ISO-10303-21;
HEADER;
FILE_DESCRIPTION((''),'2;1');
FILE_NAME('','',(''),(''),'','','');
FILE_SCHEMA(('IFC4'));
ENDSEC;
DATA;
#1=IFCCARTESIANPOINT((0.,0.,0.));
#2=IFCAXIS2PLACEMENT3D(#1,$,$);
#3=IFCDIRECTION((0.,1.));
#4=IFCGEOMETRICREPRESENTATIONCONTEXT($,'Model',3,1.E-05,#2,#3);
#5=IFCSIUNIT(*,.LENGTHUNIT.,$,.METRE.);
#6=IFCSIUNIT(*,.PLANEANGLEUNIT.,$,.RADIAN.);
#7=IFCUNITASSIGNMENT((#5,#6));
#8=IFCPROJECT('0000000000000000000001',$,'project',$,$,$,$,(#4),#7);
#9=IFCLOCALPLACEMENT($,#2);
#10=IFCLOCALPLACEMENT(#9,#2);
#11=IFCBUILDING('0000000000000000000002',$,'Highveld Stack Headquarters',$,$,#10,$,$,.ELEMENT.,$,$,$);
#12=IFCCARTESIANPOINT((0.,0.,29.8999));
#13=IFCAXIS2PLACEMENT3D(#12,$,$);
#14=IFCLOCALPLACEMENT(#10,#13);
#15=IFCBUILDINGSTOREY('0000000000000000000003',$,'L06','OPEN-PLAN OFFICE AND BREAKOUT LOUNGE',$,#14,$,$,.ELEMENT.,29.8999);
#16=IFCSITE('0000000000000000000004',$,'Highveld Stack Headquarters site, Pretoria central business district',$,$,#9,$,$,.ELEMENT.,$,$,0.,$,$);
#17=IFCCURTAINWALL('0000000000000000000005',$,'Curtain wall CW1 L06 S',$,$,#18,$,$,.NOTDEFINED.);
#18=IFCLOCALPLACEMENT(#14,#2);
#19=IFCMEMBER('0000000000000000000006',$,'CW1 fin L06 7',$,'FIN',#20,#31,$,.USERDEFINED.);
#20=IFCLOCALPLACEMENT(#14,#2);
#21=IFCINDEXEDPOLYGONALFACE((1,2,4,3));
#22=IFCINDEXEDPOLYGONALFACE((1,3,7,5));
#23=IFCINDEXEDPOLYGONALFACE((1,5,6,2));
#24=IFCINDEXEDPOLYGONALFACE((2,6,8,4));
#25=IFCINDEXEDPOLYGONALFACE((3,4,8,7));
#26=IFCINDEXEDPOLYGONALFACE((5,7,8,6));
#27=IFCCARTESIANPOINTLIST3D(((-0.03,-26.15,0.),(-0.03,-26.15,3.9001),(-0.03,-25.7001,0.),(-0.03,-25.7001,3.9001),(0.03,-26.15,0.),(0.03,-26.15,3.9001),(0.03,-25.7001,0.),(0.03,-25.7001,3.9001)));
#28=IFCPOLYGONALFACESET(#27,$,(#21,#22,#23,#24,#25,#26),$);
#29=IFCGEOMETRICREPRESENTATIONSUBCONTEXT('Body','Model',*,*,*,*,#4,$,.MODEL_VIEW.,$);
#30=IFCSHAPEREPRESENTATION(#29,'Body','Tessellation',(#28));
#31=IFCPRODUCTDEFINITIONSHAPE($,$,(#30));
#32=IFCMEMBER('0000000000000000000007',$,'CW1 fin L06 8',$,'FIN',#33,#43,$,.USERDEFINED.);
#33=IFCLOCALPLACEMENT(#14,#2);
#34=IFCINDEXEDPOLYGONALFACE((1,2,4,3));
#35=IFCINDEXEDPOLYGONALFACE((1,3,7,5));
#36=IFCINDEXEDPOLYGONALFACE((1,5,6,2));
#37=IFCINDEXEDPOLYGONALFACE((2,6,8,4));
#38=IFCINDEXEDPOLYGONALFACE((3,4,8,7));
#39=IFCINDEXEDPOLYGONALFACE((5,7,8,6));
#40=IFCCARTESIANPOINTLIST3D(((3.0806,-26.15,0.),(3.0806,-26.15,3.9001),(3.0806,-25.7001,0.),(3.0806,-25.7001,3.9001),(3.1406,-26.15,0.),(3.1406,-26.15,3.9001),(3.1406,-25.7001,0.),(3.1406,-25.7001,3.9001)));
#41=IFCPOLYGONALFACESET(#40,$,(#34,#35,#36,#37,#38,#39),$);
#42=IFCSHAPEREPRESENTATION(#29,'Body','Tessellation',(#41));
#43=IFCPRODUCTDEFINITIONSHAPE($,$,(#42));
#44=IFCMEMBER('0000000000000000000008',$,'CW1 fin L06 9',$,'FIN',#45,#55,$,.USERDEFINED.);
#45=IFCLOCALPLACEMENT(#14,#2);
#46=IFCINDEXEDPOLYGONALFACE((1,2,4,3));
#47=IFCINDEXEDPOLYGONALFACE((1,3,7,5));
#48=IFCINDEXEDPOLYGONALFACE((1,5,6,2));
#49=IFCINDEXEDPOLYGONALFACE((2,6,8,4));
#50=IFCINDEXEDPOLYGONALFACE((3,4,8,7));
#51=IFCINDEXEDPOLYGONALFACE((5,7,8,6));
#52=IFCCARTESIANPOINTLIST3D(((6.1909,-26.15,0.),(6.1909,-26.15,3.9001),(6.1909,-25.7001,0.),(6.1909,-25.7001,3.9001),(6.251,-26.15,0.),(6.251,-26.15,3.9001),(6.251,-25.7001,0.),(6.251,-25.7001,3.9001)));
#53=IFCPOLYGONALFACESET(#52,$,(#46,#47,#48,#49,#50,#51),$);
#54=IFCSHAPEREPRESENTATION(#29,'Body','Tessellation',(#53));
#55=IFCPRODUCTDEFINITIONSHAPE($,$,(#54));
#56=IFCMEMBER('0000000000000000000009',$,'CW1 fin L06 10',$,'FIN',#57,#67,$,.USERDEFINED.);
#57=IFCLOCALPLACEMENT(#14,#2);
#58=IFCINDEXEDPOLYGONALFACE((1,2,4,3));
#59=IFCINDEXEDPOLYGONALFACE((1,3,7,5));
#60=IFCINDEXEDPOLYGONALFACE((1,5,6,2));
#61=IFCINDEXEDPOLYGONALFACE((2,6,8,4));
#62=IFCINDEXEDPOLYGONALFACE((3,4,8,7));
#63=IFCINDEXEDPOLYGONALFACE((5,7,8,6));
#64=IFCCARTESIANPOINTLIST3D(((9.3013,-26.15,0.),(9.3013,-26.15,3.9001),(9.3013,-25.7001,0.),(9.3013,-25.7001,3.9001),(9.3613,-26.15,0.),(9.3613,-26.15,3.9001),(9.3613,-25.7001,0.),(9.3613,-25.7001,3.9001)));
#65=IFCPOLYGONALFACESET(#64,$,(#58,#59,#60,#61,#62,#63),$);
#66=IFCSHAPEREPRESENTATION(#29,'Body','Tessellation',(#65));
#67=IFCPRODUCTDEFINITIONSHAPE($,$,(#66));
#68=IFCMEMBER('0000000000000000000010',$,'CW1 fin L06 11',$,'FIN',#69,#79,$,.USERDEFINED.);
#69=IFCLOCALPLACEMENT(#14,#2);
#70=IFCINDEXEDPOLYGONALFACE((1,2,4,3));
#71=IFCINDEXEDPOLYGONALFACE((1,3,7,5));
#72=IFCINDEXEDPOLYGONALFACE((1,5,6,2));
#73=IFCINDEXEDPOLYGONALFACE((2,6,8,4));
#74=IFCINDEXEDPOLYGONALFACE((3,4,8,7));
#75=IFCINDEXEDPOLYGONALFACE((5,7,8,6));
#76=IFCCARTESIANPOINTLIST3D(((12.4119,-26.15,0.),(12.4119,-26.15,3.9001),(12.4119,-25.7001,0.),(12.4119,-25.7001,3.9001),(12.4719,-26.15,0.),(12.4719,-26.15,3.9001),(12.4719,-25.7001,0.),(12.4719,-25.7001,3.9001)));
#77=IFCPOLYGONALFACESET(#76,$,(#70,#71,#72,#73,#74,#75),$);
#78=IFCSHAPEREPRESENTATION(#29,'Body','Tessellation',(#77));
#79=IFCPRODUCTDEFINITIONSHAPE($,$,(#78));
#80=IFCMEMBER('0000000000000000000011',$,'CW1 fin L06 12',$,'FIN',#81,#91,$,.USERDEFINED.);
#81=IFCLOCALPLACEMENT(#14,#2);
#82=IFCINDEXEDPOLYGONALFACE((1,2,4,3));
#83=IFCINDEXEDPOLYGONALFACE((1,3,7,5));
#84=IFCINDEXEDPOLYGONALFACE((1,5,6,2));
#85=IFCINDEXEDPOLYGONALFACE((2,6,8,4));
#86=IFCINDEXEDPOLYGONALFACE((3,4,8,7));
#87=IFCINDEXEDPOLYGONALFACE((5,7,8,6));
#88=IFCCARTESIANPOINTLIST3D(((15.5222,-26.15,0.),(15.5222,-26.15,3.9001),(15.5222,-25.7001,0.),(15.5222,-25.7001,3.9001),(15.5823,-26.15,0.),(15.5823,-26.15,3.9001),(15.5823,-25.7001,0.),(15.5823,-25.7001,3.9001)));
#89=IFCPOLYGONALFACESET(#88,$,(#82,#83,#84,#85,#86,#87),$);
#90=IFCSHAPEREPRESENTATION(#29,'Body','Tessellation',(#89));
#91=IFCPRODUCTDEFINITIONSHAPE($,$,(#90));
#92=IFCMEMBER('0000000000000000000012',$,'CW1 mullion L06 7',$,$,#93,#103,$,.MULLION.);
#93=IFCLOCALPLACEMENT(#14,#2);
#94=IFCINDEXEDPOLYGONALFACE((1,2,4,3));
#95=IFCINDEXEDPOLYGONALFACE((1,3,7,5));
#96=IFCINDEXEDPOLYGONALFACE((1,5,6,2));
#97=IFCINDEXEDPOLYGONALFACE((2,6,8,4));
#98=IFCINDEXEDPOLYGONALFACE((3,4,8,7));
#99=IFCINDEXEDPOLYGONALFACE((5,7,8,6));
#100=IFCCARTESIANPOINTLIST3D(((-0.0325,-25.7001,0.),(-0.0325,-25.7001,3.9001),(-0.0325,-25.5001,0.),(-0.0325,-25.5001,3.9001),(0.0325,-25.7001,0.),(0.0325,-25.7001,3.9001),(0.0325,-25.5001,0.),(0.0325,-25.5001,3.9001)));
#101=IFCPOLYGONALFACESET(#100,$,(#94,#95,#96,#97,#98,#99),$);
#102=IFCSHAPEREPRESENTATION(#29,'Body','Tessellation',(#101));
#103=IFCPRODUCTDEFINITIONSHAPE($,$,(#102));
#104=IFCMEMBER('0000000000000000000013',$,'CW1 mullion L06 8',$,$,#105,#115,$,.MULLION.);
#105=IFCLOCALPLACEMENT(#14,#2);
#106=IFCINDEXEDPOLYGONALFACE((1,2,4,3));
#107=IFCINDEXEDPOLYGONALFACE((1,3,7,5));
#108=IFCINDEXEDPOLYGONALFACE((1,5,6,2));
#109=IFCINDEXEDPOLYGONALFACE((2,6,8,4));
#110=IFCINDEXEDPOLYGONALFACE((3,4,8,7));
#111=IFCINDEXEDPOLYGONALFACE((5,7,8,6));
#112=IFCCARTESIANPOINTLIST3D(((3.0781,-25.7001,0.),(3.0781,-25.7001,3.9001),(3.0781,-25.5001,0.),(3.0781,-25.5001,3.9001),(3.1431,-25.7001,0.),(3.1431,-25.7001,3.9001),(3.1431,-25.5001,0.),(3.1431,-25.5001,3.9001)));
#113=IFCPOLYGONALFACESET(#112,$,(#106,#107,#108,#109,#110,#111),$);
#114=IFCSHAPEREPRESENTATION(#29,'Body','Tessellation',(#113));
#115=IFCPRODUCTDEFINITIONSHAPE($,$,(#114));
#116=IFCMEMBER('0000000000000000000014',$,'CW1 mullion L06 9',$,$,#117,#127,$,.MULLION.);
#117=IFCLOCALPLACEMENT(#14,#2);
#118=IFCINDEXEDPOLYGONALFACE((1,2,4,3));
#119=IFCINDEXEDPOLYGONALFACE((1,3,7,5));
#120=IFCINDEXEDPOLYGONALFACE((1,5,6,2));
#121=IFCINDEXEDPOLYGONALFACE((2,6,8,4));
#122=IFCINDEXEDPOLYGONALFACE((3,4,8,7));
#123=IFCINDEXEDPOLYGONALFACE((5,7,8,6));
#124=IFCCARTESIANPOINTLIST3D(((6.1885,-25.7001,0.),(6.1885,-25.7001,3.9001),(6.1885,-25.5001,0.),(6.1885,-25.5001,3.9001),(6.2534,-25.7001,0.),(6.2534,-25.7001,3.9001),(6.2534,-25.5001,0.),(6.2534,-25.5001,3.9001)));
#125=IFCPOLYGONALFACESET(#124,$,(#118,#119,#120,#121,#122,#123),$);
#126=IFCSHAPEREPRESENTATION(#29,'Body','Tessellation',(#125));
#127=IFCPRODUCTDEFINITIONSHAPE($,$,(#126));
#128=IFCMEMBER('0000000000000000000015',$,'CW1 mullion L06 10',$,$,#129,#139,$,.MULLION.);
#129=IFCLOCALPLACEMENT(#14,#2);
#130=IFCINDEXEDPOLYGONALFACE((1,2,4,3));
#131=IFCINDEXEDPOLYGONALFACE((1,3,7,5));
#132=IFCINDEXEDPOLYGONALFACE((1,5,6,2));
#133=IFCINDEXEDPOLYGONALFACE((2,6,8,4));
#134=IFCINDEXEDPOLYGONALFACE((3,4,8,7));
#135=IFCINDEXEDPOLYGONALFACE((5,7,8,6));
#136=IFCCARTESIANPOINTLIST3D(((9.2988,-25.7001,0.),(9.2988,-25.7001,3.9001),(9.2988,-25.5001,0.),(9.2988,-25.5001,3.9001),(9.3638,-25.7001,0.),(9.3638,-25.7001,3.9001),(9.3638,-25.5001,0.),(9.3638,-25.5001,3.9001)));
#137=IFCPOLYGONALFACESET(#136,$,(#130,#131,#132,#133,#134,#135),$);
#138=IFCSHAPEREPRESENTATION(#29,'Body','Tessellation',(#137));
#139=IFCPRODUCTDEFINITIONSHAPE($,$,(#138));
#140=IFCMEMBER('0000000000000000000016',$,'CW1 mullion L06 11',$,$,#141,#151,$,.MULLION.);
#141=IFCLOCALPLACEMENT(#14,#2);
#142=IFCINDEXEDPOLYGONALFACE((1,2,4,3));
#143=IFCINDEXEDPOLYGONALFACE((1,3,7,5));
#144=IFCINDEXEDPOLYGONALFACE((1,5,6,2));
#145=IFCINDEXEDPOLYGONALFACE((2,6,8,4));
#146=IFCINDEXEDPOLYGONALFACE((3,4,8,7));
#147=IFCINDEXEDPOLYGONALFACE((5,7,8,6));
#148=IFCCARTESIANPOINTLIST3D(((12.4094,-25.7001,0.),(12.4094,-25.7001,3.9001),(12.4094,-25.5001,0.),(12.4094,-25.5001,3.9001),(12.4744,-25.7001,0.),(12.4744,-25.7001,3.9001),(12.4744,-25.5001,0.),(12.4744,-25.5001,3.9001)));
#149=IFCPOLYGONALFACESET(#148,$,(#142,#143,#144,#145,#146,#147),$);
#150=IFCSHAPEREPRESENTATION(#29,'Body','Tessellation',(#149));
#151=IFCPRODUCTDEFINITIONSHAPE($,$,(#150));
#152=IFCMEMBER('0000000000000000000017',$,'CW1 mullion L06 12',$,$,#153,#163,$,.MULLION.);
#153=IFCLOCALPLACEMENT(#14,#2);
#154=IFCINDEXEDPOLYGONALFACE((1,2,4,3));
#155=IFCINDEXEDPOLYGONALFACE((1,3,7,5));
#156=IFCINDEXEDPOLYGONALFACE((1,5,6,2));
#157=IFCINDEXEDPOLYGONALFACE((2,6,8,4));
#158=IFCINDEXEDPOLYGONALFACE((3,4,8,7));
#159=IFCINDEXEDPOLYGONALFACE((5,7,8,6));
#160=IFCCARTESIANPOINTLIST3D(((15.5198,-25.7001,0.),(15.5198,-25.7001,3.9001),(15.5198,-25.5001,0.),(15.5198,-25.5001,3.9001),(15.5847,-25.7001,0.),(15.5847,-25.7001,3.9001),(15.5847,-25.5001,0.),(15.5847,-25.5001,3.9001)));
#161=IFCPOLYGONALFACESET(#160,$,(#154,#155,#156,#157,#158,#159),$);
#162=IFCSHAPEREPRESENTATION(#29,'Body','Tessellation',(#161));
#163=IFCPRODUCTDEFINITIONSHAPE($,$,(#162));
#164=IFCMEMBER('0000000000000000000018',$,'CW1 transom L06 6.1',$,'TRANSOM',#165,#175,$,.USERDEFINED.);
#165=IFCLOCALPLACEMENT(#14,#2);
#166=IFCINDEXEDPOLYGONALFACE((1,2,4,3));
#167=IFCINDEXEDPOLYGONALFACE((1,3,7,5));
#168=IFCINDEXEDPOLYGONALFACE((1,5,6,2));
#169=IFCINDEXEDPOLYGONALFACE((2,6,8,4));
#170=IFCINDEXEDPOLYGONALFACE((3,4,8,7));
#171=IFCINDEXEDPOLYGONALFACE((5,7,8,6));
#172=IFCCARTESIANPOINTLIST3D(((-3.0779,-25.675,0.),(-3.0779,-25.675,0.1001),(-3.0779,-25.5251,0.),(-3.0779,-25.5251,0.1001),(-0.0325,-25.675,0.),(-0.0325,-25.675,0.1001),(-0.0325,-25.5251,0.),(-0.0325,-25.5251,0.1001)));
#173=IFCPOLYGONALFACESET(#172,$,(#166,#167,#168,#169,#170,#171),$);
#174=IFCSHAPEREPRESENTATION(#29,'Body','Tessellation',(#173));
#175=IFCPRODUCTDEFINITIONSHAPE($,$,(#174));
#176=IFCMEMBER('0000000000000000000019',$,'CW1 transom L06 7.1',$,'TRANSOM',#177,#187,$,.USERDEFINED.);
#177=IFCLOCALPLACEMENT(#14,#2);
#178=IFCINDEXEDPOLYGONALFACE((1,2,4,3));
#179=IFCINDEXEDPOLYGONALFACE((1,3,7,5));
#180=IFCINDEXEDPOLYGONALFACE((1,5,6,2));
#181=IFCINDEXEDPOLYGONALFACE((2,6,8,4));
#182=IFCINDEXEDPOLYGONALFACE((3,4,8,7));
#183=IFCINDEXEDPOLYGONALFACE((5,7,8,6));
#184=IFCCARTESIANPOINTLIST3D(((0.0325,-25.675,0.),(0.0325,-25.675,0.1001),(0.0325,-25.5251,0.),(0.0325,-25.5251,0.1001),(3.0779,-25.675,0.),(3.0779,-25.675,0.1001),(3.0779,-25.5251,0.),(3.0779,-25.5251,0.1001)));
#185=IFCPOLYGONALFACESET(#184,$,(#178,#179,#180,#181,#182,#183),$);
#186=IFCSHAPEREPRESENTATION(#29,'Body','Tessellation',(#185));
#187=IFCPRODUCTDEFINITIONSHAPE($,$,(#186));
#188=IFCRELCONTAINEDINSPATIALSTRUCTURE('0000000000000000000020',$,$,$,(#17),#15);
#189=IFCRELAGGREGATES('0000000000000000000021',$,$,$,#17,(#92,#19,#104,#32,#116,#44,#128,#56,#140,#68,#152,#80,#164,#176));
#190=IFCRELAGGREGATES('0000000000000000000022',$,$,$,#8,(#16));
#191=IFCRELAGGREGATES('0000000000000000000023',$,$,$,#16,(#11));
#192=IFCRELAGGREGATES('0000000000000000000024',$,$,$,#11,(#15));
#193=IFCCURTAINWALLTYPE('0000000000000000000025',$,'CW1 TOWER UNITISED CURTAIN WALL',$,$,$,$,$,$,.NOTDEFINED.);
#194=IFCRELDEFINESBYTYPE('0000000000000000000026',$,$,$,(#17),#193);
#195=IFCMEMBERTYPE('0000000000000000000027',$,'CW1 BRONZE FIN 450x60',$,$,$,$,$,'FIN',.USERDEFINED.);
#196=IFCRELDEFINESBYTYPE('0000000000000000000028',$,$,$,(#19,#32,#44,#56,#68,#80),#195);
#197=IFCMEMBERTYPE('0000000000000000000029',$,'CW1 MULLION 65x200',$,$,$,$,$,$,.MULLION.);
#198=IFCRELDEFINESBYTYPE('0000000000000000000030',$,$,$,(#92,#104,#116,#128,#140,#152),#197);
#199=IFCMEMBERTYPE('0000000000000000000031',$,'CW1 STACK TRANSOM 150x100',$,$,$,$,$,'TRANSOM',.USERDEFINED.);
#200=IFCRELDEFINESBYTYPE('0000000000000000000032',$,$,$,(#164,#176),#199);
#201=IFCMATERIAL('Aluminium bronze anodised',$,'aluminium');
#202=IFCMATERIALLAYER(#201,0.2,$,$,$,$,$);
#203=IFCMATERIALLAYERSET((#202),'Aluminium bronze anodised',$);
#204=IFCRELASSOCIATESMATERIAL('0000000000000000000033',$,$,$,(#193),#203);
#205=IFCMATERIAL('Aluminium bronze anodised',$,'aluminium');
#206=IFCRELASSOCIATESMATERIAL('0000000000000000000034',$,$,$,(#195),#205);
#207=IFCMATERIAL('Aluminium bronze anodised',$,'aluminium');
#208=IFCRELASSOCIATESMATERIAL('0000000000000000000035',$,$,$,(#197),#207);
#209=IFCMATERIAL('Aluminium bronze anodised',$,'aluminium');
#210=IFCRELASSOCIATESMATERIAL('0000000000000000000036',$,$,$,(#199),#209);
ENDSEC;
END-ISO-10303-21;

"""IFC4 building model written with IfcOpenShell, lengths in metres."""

from ifc_helpers import new_model, si_unit, direction, frame, origin, origin_2d, place, context, subcontext, project, spatial, rectangle, extrude, material, layer, layer_set, material_profile, profile_set, type_object, element, aggregate, save


model = new_model("IFC4")

# Units and contexts
model_context = context("Model", 3, precision=1e-05, world=origin(), true_north=direction((0.0, 1.0)))
body_context = subcontext(model_context, "Body", "Model", "MODEL_VIEW")
ifc_project = project(units=[si_unit("LENGTHUNIT", "METRE"), si_unit("PLANEANGLEUNIT", "RADIAN")], contexts=[model_context])

# Site, building, storey
site_placement = place(None, origin())
site = spatial("IfcSite", under=ifc_project, at=site_placement, Name="Highveld Stack Headquarters site, Pretoria central business district", CompositionType="ELEMENT", RefElevation=0.0)
building_placement = place(site_placement, origin())
building = spatial("IfcBuilding", under=site, at=building_placement, Name="Highveld Stack Headquarters", CompositionType="ELEMENT")
storey_placement = place(building_placement, frame((0.0, 0.0, 29.8999)))
storey = spatial("IfcBuildingStorey", under=building, at=storey_placement, Name="L06", Description="OPEN-PLAN OFFICE AND BREAKOUT LOUNGE", CompositionType="ELEMENT", Elevation=29.8999)

# Curtain wall, members
ifc_material_1 = material(Name="Aluminium bronze anodised", Category="aluminium")
ifc_layer_1 = layer(ifc_material_1, 0.2)
ifc_layer_set_1 = layer_set([ifc_layer_1], Name="Aluminium bronze anodised")
curtain_wall_type = type_object("IfcCurtainWallType", Name="CW1 TOWER UNITISED CURTAIN WALL", PredefinedType="NOTDEFINED", material=ifc_layer_set_1)
curtain_wall_placement = place(storey_placement, origin())
curtain_wall = element("IfcCurtainWall", 1, at=curtain_wall_placement, inside=storey, type_object=curtain_wall_type, Name="Curtain wall CW1 L06 S", PredefinedType="NOTDEFINED")
ifc_material_2 = material(Name="Aluminium bronze anodised", Category="aluminium")
ifc_material_profile_1 = material_profile(ifc_material_2, rectangle(XDim=0.45, YDim=0.0601, at=origin_2d()), Name="FIN 450x60")
ifc_profile_set_1 = profile_set([ifc_material_profile_1], Name="Aluminium bronze anodised")
member_type_1 = type_object("IfcMemberType", Name="CW1 BRONZE FIN 450x60", ElementType="FIN", PredefinedType="USERDEFINED", material=ifc_profile_set_1)
member_1_placement = place(storey_placement, frame((0.0, -25.925, 0.0), z_axis=(0.0, 0.0, 1.0), x_axis=(0.0, 1.0, 0.0)))
member_1 = element("IfcMember", 2, at=member_1_placement, type_object=member_type_1, Name="CW1 fin L06 7", ObjectType="FIN", PredefinedType="USERDEFINED", context=body_context, shape_type="SweptSolid", body=[
    extrude(rectangle(XDim=0.45, YDim=0.0601, at=origin_2d()), origin(), (0.0, 0.0, 1.0), 3.9001),
])
member_2_placement = place(storey_placement, frame((3.1106, -25.925, 0.0), z_axis=(0.0, 0.0, 1.0), x_axis=(0.0, 1.0, 0.0)))
member_2 = element("IfcMember", 3, at=member_2_placement, type_object=member_type_1, Name="CW1 fin L06 8", ObjectType="FIN", PredefinedType="USERDEFINED", context=body_context, shape_type="SweptSolid", body=[
    extrude(rectangle(XDim=0.45, YDim=0.0601, at=origin_2d()), origin(), (0.0, 0.0, 1.0), 3.9001),
])
member_3_placement = place(storey_placement, frame((6.2209, -25.925, 0.0), z_axis=(0.0, 0.0, 1.0), x_axis=(0.0, 1.0, 0.0)))
member_3 = element("IfcMember", 4, at=member_3_placement, type_object=member_type_1, Name="CW1 fin L06 9", ObjectType="FIN", PredefinedType="USERDEFINED", context=body_context, shape_type="SweptSolid", body=[
    extrude(rectangle(XDim=0.45, YDim=0.0601, at=origin_2d()), origin(), (0.0, 0.0, 1.0), 3.9001),
])
member_4_placement = place(storey_placement, frame((9.3313, -25.925, 0.0), z_axis=(0.0, 0.0, 1.0), x_axis=(0.0, 1.0, 0.0)))
member_4 = element("IfcMember", 5, at=member_4_placement, type_object=member_type_1, Name="CW1 fin L06 10", ObjectType="FIN", PredefinedType="USERDEFINED", context=body_context, shape_type="SweptSolid", body=[
    extrude(rectangle(XDim=0.45, YDim=0.0601, at=origin_2d()), origin(), (0.0, 0.0, 1.0), 3.9001),
])
member_5_placement = place(storey_placement, frame((12.4419, -25.925, 0.0), z_axis=(0.0, 0.0, 1.0), x_axis=(0.0, 1.0, 0.0)))
member_5 = element("IfcMember", 6, at=member_5_placement, type_object=member_type_1, Name="CW1 fin L06 11", ObjectType="FIN", PredefinedType="USERDEFINED", context=body_context, shape_type="SweptSolid", body=[
    extrude(rectangle(XDim=0.45, YDim=0.0601, at=origin_2d()), origin(), (0.0, 0.0, 1.0), 3.9001),
])
member_6_placement = place(storey_placement, frame((15.5522, -25.925, 0.0), z_axis=(0.0, 0.0, 1.0), x_axis=(0.0, 1.0, 0.0)))
member_6 = element("IfcMember", 7, at=member_6_placement, type_object=member_type_1, Name="CW1 fin L06 12", ObjectType="FIN", PredefinedType="USERDEFINED", context=body_context, shape_type="SweptSolid", body=[
    extrude(rectangle(XDim=0.45, YDim=0.0601, at=origin_2d()), origin(), (0.0, 0.0, 1.0), 3.9001),
])
ifc_material_3 = material(Name="Aluminium bronze anodised", Category="aluminium")
ifc_material_profile_2 = material_profile(ifc_material_3, rectangle(XDim=0.2, YDim=0.0649, at=origin_2d()), Name="CW1 MULLION 65x200")
ifc_profile_set_2 = profile_set([ifc_material_profile_2], Name="Aluminium bronze anodised")
member_type_2 = type_object("IfcMemberType", Name="CW1 MULLION 65x200", PredefinedType="MULLION", material=ifc_profile_set_2)
member_7_placement = place(storey_placement, frame((0.0, -25.6001, 0.0), z_axis=(0.0, 0.0, 1.0), x_axis=(0.0, 1.0, 0.0)))
member_7 = element("IfcMember", 8, at=member_7_placement, type_object=member_type_2, Name="CW1 mullion L06 7", PredefinedType="MULLION", context=body_context, shape_type="SweptSolid", body=[
    extrude(rectangle(XDim=0.2, YDim=0.0649, at=origin_2d()), origin(), (0.0, 0.0, 1.0), 3.9001),
])
member_8_placement = place(storey_placement, frame((3.1106, -25.6001, 0.0), z_axis=(0.0, 0.0, 1.0), x_axis=(0.0, 1.0, 0.0)))
member_8 = element("IfcMember", 9, at=member_8_placement, type_object=member_type_2, Name="CW1 mullion L06 8", PredefinedType="MULLION", context=body_context, shape_type="SweptSolid", body=[
    extrude(rectangle(XDim=0.2, YDim=0.0649, at=origin_2d()), origin(), (0.0, 0.0, 1.0), 3.9001),
])
member_9_placement = place(storey_placement, frame((6.2209, -25.6001, 0.0), z_axis=(0.0, 0.0, 1.0), x_axis=(0.0, 1.0, 0.0)))
member_9 = element("IfcMember", 10, at=member_9_placement, type_object=member_type_2, Name="CW1 mullion L06 9", PredefinedType="MULLION", context=body_context, shape_type="SweptSolid", body=[
    extrude(rectangle(XDim=0.2, YDim=0.0649, at=origin_2d()), origin(), (0.0, 0.0, 1.0), 3.9001),
])
member_10_placement = place(storey_placement, frame((9.3313, -25.6001, 0.0), z_axis=(0.0, 0.0, 1.0), x_axis=(0.0, 1.0, 0.0)))
member_10 = element("IfcMember", 11, at=member_10_placement, type_object=member_type_2, Name="CW1 mullion L06 10", PredefinedType="MULLION", context=body_context, shape_type="SweptSolid", body=[
    extrude(rectangle(XDim=0.2, YDim=0.0649, at=origin_2d()), origin(), (0.0, 0.0, 1.0), 3.9001),
])
member_11_placement = place(storey_placement, frame((12.4419, -25.6001, 0.0), z_axis=(0.0, 0.0, 1.0), x_axis=(0.0, 1.0, 0.0)))
member_11 = element("IfcMember", 12, at=member_11_placement, type_object=member_type_2, Name="CW1 mullion L06 11", PredefinedType="MULLION", context=body_context, shape_type="SweptSolid", body=[
    extrude(rectangle(XDim=0.2, YDim=0.0649, at=origin_2d()), origin(), (0.0, 0.0, 1.0), 3.9001),
])
member_12_placement = place(storey_placement, frame((15.5522, -25.6001, 0.0), z_axis=(0.0, 0.0, 1.0), x_axis=(0.0, 1.0, 0.0)))
member_12 = element("IfcMember", 13, at=member_12_placement, type_object=member_type_2, Name="CW1 mullion L06 12", PredefinedType="MULLION", context=body_context, shape_type="SweptSolid", body=[
    extrude(rectangle(XDim=0.2, YDim=0.0649, at=origin_2d()), origin(), (0.0, 0.0, 1.0), 3.9001),
])
ifc_material_4 = material(Name="Aluminium bronze anodised", Category="aluminium")
ifc_material_profile_3 = material_profile(ifc_material_4, rectangle(XDim=0.1499, YDim=0.1001, at=origin_2d()), Name="CW1 TRANSOM 150x100")
ifc_profile_set_3 = profile_set([ifc_material_profile_3], Name="Aluminium bronze anodised")
member_type_3 = type_object("IfcMemberType", Name="CW1 STACK TRANSOM 150x100", ElementType="TRANSOM", PredefinedType="USERDEFINED", material=ifc_profile_set_3)
member_13_placement = place(storey_placement, frame((-3.0779, -25.6001, 0.05), z_axis=(1.0, 0.0, 0.0), x_axis=(0.0, 1.0, 0.0)))
member_13 = element("IfcMember", 14, at=member_13_placement, type_object=member_type_3, Name="CW1 transom L06 6.1", ObjectType="TRANSOM", PredefinedType="USERDEFINED", context=body_context, shape_type="SweptSolid", body=[
    extrude(rectangle(XDim=0.1499, YDim=0.1001, at=origin_2d()), origin(), (0.0, 0.0, 1.0), 3.0454),
])
member_14_placement = place(storey_placement, frame((0.0325, -25.6001, 0.05), z_axis=(1.0, 0.0, 0.0), x_axis=(0.0, 1.0, 0.0)))
member_14 = element("IfcMember", 15, at=member_14_placement, type_object=member_type_3, Name="CW1 transom L06 7.1", ObjectType="TRANSOM", PredefinedType="USERDEFINED", context=body_context, shape_type="SweptSolid", body=[
    extrude(rectangle(XDim=0.1499, YDim=0.1001, at=origin_2d()), origin(), (0.0, 0.0, 1.0), 3.0454),
])
aggregate(curtain_wall, [member_7, member_1, member_8, member_2, member_9, member_3, member_10, member_4, member_11, member_5, member_12, member_6, member_13, member_14])

save(model, "model.ifc")
